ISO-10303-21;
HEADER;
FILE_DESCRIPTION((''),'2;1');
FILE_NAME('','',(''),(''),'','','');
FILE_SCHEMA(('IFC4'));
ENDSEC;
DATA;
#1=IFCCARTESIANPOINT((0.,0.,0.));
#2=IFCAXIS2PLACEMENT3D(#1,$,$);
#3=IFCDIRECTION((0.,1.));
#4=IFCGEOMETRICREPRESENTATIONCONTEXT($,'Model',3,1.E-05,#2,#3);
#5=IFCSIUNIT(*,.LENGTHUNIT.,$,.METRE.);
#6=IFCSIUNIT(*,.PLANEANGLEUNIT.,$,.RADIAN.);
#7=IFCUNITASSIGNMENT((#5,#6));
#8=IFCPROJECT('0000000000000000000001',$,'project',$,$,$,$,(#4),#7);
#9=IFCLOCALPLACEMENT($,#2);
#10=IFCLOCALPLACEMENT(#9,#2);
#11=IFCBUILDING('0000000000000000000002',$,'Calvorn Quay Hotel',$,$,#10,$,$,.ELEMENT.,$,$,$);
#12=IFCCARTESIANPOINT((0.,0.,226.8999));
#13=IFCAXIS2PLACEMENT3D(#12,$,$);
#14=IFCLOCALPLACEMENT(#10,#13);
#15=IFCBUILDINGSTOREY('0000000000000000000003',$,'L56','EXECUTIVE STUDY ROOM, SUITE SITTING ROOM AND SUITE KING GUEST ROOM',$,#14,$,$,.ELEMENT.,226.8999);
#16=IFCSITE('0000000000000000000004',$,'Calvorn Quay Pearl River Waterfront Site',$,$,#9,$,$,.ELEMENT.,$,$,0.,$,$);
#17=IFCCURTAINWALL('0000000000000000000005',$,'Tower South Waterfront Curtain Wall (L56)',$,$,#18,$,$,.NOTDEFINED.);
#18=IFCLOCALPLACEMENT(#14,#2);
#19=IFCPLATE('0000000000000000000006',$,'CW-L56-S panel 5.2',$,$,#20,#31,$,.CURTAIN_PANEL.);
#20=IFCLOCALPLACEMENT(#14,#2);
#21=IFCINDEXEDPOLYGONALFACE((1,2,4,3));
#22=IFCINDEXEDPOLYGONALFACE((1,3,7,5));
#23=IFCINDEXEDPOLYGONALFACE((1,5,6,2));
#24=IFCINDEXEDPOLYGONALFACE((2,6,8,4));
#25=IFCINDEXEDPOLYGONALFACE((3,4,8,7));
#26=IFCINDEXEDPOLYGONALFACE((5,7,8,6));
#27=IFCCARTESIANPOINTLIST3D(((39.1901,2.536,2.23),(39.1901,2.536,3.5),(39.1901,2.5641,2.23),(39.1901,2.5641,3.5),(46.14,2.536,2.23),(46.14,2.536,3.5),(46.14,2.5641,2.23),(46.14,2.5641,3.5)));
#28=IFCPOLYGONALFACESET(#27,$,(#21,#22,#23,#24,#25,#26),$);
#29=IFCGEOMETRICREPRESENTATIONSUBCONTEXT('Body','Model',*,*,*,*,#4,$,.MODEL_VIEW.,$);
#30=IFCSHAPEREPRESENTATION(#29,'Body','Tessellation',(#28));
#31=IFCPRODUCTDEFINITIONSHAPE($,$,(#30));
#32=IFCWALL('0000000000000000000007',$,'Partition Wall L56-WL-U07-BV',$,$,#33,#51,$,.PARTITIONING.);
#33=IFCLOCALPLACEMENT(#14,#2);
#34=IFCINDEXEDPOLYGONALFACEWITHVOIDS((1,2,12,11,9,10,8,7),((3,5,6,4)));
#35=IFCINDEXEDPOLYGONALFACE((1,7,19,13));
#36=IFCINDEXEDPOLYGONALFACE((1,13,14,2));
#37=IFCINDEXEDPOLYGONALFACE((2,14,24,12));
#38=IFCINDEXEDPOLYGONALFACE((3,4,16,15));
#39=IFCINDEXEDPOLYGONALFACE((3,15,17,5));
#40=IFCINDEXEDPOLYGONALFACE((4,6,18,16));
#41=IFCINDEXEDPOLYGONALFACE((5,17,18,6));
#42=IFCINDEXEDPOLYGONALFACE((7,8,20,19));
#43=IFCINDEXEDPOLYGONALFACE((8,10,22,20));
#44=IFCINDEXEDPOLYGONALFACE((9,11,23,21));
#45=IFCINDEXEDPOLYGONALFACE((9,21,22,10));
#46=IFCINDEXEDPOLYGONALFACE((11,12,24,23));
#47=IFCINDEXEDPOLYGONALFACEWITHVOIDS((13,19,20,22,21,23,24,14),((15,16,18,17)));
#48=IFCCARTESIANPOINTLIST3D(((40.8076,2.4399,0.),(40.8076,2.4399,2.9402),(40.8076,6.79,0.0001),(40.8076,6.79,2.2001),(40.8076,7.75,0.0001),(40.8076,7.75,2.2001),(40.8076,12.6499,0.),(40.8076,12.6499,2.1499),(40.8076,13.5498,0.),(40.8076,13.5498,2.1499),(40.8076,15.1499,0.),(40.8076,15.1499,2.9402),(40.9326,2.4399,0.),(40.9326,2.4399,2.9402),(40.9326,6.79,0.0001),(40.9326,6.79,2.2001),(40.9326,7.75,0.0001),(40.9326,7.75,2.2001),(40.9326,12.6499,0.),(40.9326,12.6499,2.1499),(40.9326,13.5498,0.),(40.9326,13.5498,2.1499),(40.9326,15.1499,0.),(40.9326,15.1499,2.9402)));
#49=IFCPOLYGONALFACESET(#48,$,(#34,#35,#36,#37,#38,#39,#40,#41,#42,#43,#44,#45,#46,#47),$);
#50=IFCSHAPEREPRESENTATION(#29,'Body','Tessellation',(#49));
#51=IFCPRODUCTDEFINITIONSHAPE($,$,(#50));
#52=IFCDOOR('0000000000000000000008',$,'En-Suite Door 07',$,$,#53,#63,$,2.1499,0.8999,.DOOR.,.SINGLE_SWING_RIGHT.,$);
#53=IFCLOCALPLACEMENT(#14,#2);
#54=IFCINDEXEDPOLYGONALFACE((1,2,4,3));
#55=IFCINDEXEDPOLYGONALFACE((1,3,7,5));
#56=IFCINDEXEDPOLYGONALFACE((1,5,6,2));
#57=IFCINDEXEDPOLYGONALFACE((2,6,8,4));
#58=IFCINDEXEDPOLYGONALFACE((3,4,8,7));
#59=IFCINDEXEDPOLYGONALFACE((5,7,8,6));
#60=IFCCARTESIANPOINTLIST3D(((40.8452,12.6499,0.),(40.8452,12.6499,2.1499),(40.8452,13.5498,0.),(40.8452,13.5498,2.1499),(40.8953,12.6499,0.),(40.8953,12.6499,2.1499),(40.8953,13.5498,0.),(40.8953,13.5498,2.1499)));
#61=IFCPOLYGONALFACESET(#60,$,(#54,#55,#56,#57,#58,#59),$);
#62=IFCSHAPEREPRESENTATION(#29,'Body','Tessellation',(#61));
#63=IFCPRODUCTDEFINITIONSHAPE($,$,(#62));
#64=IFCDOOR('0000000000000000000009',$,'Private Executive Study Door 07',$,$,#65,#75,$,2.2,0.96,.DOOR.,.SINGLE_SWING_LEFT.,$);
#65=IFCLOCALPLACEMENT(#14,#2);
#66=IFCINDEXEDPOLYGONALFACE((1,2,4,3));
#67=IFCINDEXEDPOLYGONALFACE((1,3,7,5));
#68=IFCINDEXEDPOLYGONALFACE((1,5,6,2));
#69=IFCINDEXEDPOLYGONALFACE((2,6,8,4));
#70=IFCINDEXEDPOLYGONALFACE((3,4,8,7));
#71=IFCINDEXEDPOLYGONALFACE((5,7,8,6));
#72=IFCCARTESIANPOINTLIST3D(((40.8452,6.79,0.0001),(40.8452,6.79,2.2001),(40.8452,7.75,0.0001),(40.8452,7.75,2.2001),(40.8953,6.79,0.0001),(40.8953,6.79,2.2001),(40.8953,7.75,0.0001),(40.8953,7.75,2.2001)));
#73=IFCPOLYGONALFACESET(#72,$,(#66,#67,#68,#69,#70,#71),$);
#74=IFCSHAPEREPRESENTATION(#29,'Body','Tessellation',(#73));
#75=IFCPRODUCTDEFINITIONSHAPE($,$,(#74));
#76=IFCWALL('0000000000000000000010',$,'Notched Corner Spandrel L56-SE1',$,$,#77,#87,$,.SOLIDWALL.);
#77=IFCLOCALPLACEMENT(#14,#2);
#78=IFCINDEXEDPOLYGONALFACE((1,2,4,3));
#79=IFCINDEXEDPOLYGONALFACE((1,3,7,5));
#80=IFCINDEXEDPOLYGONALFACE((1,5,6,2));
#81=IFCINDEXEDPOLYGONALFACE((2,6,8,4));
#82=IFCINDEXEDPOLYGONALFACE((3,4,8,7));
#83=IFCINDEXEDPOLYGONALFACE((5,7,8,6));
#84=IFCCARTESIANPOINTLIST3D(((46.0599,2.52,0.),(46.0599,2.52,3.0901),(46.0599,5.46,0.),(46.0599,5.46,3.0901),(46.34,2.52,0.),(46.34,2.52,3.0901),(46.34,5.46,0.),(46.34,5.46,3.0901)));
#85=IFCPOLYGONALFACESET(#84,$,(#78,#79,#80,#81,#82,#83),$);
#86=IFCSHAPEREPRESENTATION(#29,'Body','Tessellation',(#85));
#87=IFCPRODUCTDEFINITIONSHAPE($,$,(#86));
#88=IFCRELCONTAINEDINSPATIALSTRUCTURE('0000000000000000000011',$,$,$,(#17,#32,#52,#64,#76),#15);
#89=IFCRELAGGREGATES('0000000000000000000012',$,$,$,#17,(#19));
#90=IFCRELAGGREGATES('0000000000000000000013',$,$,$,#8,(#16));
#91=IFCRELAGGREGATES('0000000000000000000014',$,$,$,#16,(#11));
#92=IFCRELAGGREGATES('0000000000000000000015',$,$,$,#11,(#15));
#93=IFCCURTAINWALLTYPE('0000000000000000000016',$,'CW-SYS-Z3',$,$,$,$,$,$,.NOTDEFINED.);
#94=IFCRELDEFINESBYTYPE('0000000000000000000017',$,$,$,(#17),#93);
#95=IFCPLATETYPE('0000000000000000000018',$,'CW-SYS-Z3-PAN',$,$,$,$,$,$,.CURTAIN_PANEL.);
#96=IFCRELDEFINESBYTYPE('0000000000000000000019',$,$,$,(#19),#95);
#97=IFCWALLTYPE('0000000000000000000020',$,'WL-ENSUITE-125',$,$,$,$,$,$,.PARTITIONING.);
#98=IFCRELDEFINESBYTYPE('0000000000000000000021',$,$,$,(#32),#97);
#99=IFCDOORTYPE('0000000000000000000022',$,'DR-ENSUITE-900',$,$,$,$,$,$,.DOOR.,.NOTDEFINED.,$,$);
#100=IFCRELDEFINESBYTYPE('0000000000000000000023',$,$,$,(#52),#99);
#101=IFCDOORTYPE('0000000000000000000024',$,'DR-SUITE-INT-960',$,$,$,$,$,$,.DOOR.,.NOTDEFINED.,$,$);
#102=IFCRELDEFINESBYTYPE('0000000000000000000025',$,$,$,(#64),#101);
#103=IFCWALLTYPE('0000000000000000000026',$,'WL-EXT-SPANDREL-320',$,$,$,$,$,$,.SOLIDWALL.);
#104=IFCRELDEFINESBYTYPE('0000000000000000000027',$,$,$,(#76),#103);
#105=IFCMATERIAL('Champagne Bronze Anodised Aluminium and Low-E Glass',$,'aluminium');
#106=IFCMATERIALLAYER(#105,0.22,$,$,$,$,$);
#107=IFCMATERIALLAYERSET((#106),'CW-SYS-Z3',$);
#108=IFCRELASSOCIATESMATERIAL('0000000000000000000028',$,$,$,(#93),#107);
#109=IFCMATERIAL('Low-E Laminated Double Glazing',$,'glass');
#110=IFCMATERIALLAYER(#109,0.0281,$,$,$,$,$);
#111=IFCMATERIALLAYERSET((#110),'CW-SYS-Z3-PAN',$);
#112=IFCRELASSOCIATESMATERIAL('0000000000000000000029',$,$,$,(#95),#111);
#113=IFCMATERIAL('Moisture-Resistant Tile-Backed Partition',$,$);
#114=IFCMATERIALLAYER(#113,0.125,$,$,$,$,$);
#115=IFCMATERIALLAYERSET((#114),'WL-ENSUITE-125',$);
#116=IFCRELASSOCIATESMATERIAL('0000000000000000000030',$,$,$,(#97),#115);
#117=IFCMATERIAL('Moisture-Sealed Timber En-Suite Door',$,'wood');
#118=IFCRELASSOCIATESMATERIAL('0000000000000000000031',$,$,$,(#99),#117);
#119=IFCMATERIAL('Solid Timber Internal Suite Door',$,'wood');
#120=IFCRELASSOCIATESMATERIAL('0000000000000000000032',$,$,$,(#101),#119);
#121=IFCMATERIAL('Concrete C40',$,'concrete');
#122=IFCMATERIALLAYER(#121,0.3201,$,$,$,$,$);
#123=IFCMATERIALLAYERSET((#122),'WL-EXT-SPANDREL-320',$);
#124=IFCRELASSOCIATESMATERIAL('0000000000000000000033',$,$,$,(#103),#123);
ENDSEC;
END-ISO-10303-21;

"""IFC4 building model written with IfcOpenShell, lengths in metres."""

from ifc_helpers import new_model, si_unit, direction, frame, frame_2d, origin, origin_2d, place, context, subcontext, project, spatial, rectangle, extrude, material, layer, layer_set, type_object, element, fill, aggregate, save


model = new_model("IFC4")

# Units and contexts
model_context = context("Model", 3, precision=1e-05, world=origin(), true_north=direction((0.0, 1.0)))
body_context = subcontext(model_context, "Body", "Model", "MODEL_VIEW")
ifc_project = project(units=[si_unit("LENGTHUNIT", "METRE"), si_unit("PLANEANGLEUNIT", "RADIAN")], contexts=[model_context])

# Site, building, storey
site_placement = place(None, origin())
site = spatial("IfcSite", under=ifc_project, at=site_placement, Name="Calvorn Quay Pearl River Waterfront Site", CompositionType="ELEMENT", RefElevation=0.0)
building_placement = place(site_placement, origin())
building = spatial("IfcBuilding", under=site, at=building_placement, Name="Calvorn Quay Hotel", CompositionType="ELEMENT")
storey_placement = place(building_placement, frame((0.0, 0.0, 226.8999)))
storey = spatial("IfcBuildingStorey", under=building, at=storey_placement, Name="L56", Description="EXECUTIVE STUDY ROOM, SUITE SITTING ROOM AND SUITE KING GUEST ROOM", CompositionType="ELEMENT", Elevation=226.8999)

# Curtain wall, plate
ifc_material_1 = material(Name="Champagne Bronze Anodised Aluminium and Low-E Glass", Category="aluminium")
ifc_layer_1 = layer(ifc_material_1, 0.22)
ifc_layer_set_1 = layer_set([ifc_layer_1], Name="CW-SYS-Z3")
curtain_wall_type = type_object("IfcCurtainWallType", Name="CW-SYS-Z3", PredefinedType="NOTDEFINED", material=ifc_layer_set_1)
curtain_wall_placement = place(storey_placement, origin())
curtain_wall = element("IfcCurtainWall", 1, at=curtain_wall_placement, inside=storey, type_object=curtain_wall_type, Name="Tower South Waterfront Curtain Wall (L56)", PredefinedType="NOTDEFINED")
ifc_material_2 = material(Name="Low-E Laminated Double Glazing", Category="glass")
ifc_layer_2 = layer(ifc_material_2, 0.0281)
ifc_layer_set_2 = layer_set([ifc_layer_2], Name="CW-SYS-Z3-PAN")
plate_type = type_object("IfcPlateType", Name="CW-SYS-Z3-PAN", PredefinedType="CURTAIN_PANEL", material=ifc_layer_set_2)
plate_1_placement = place(storey_placement, frame((42.665, 2.55, 2.23), z_axis=(0.0, 0.0, 1.0), x_axis=(1.0, 0.0, 0.0)))
plate_1 = element("IfcPlate", 2, at=plate_1_placement, type_object=plate_type, Name="CW-L56-S panel 5.2", PredefinedType="CURTAIN_PANEL", context=body_context, shape_type="SweptSolid", body=[
    extrude(rectangle(XDim=6.95, YDim=0.0281, at=origin_2d()), origin(), (0.0, 0.0, 1.0), 1.27),
])
aggregate(curtain_wall, [plate_1])

# Wall, openings, doors
ifc_material_3 = material(Name="Moisture-Resistant Tile-Backed Partition")
ifc_layer_3 = layer(ifc_material_3, 0.125)
ifc_layer_set_3 = layer_set([ifc_layer_3], Name="WL-ENSUITE-125")
wall_type_1 = type_object("IfcWallType", Name="WL-ENSUITE-125", PredefinedType="PARTITIONING", material=ifc_layer_set_3)
wall_1_placement = place(storey_placement, frame((40.8701, 2.4399, 0.0), z_axis=(0.0, 0.0, 1.0), x_axis=(0.0, 1.0, 0.0)))
wall_1 = element("IfcWall", 3, at=wall_1_placement, inside=storey, type_object=wall_type_1, Name="Partition Wall L56-WL-U07-BV", PredefinedType="PARTITIONING", context=body_context, shape_type="SweptSolid", body=[
    extrude(rectangle(XDim=12.71, YDim=0.125, at=frame_2d((6.355, 0.0))), origin(), (0.0, 0.0, 1.0), 2.9402),
])
opening_1_placement = place(wall_1_placement, frame((4.3501, 0.0, 0.0)))
opening_1 = element("IfcOpeningElement", 4, at=opening_1_placement, cuts=wall_1, PredefinedType="OPENING", context=body_context, shape_type="SweptSolid", body=[
    extrude(rectangle(XDim=0.96, YDim=2.2, at=frame_2d((0.48, 1.1001))), frame((0.0, 0.0725, 0.0), z_axis=(0.0, -1.0, 0.0), x_axis=(1.0, 0.0, 0.0)), (0.0, 0.0, 1.0), 0.145),
])
opening_2_placement = place(wall_1_placement, frame((10.21, 0.0, 0.0)))
opening_2 = element("IfcOpeningElement", 5, at=opening_2_placement, cuts=wall_1, PredefinedType="OPENING", context=body_context, shape_type="SweptSolid", body=[
    extrude(rectangle(XDim=0.8999, YDim=2.1499, at=frame_2d((0.45, 1.075))), frame((0.0, 0.0725, 0.0), z_axis=(0.0, -1.0, 0.0), x_axis=(1.0, 0.0, 0.0)), (0.0, 0.0, 1.0), 0.145),
])
ifc_material_4 = material(Name="Moisture-Sealed Timber En-Suite Door", Category="wood")
door_type_1 = type_object("IfcDoorType", Name="DR-ENSUITE-900", OperationType="NOTDEFINED", PredefinedType="DOOR", material=ifc_material_4)
door_1_placement = place(opening_2_placement, origin())
door_1 = element("IfcDoor", 6, at=door_1_placement, inside=storey, type_object=door_type_1, Name="En-Suite Door 07", OperationType="SINGLE_SWING_RIGHT", OverallHeight=2.1499, OverallWidth=0.8999, PredefinedType="DOOR", context=body_context, shape_type="SweptSolid", body=[
    extrude(rectangle(XDim=0.8999, YDim=2.1499, at=frame_2d((0.45, 1.075))), frame((0.0, 0.0249, 0.0), z_axis=(0.0, -1.0, 0.0), x_axis=(1.0, 0.0, 0.0)), (0.0, 0.0, 1.0), 0.05),
])
fill(opening_2, door_1)
ifc_material_5 = material(Name="Solid Timber Internal Suite Door", Category="wood")
door_type_2 = type_object("IfcDoorType", Name="DR-SUITE-INT-960", OperationType="NOTDEFINED", PredefinedType="DOOR", material=ifc_material_5)
door_2_placement = place(opening_1_placement, origin())
door_2 = element("IfcDoor", 7, at=door_2_placement, inside=storey, type_object=door_type_2, Name="Private Executive Study Door 07", OperationType="SINGLE_SWING_LEFT", OverallHeight=2.2, OverallWidth=0.96, PredefinedType="DOOR", context=body_context, shape_type="SweptSolid", body=[
    extrude(rectangle(XDim=0.96, YDim=2.2, at=frame_2d((0.48, 1.1001))), frame((0.0, 0.0249, 0.0), z_axis=(0.0, -1.0, 0.0), x_axis=(1.0, 0.0, 0.0)), (0.0, 0.0, 1.0), 0.05),
])
fill(opening_1, door_2)

# Wall
ifc_material_6 = material(Name="Concrete C40", Category="concrete")
ifc_layer_4 = layer(ifc_material_6, 0.3201)
ifc_layer_set_4 = layer_set([ifc_layer_4], Name="WL-EXT-SPANDREL-320")
wall_type_2 = type_object("IfcWallType", Name="WL-EXT-SPANDREL-320", PredefinedType="SOLIDWALL", material=ifc_layer_set_4)
wall_2_placement = place(storey_placement, frame((46.2, 2.52, 0.0), z_axis=(0.0, 0.0, 1.0), x_axis=(0.0, 1.0, 0.0)))
element("IfcWall", 8, at=wall_2_placement, inside=storey, type_object=wall_type_2, Name="Notched Corner Spandrel L56-SE1", PredefinedType="SOLIDWALL", context=body_context, shape_type="SweptSolid", body=[
    extrude(rectangle(XDim=2.9399, YDim=0.28, at=frame_2d((1.47, 0.0))), origin(), (0.0, 0.0, 1.0), 3.0901),
])

save(model, "model.ifc")
